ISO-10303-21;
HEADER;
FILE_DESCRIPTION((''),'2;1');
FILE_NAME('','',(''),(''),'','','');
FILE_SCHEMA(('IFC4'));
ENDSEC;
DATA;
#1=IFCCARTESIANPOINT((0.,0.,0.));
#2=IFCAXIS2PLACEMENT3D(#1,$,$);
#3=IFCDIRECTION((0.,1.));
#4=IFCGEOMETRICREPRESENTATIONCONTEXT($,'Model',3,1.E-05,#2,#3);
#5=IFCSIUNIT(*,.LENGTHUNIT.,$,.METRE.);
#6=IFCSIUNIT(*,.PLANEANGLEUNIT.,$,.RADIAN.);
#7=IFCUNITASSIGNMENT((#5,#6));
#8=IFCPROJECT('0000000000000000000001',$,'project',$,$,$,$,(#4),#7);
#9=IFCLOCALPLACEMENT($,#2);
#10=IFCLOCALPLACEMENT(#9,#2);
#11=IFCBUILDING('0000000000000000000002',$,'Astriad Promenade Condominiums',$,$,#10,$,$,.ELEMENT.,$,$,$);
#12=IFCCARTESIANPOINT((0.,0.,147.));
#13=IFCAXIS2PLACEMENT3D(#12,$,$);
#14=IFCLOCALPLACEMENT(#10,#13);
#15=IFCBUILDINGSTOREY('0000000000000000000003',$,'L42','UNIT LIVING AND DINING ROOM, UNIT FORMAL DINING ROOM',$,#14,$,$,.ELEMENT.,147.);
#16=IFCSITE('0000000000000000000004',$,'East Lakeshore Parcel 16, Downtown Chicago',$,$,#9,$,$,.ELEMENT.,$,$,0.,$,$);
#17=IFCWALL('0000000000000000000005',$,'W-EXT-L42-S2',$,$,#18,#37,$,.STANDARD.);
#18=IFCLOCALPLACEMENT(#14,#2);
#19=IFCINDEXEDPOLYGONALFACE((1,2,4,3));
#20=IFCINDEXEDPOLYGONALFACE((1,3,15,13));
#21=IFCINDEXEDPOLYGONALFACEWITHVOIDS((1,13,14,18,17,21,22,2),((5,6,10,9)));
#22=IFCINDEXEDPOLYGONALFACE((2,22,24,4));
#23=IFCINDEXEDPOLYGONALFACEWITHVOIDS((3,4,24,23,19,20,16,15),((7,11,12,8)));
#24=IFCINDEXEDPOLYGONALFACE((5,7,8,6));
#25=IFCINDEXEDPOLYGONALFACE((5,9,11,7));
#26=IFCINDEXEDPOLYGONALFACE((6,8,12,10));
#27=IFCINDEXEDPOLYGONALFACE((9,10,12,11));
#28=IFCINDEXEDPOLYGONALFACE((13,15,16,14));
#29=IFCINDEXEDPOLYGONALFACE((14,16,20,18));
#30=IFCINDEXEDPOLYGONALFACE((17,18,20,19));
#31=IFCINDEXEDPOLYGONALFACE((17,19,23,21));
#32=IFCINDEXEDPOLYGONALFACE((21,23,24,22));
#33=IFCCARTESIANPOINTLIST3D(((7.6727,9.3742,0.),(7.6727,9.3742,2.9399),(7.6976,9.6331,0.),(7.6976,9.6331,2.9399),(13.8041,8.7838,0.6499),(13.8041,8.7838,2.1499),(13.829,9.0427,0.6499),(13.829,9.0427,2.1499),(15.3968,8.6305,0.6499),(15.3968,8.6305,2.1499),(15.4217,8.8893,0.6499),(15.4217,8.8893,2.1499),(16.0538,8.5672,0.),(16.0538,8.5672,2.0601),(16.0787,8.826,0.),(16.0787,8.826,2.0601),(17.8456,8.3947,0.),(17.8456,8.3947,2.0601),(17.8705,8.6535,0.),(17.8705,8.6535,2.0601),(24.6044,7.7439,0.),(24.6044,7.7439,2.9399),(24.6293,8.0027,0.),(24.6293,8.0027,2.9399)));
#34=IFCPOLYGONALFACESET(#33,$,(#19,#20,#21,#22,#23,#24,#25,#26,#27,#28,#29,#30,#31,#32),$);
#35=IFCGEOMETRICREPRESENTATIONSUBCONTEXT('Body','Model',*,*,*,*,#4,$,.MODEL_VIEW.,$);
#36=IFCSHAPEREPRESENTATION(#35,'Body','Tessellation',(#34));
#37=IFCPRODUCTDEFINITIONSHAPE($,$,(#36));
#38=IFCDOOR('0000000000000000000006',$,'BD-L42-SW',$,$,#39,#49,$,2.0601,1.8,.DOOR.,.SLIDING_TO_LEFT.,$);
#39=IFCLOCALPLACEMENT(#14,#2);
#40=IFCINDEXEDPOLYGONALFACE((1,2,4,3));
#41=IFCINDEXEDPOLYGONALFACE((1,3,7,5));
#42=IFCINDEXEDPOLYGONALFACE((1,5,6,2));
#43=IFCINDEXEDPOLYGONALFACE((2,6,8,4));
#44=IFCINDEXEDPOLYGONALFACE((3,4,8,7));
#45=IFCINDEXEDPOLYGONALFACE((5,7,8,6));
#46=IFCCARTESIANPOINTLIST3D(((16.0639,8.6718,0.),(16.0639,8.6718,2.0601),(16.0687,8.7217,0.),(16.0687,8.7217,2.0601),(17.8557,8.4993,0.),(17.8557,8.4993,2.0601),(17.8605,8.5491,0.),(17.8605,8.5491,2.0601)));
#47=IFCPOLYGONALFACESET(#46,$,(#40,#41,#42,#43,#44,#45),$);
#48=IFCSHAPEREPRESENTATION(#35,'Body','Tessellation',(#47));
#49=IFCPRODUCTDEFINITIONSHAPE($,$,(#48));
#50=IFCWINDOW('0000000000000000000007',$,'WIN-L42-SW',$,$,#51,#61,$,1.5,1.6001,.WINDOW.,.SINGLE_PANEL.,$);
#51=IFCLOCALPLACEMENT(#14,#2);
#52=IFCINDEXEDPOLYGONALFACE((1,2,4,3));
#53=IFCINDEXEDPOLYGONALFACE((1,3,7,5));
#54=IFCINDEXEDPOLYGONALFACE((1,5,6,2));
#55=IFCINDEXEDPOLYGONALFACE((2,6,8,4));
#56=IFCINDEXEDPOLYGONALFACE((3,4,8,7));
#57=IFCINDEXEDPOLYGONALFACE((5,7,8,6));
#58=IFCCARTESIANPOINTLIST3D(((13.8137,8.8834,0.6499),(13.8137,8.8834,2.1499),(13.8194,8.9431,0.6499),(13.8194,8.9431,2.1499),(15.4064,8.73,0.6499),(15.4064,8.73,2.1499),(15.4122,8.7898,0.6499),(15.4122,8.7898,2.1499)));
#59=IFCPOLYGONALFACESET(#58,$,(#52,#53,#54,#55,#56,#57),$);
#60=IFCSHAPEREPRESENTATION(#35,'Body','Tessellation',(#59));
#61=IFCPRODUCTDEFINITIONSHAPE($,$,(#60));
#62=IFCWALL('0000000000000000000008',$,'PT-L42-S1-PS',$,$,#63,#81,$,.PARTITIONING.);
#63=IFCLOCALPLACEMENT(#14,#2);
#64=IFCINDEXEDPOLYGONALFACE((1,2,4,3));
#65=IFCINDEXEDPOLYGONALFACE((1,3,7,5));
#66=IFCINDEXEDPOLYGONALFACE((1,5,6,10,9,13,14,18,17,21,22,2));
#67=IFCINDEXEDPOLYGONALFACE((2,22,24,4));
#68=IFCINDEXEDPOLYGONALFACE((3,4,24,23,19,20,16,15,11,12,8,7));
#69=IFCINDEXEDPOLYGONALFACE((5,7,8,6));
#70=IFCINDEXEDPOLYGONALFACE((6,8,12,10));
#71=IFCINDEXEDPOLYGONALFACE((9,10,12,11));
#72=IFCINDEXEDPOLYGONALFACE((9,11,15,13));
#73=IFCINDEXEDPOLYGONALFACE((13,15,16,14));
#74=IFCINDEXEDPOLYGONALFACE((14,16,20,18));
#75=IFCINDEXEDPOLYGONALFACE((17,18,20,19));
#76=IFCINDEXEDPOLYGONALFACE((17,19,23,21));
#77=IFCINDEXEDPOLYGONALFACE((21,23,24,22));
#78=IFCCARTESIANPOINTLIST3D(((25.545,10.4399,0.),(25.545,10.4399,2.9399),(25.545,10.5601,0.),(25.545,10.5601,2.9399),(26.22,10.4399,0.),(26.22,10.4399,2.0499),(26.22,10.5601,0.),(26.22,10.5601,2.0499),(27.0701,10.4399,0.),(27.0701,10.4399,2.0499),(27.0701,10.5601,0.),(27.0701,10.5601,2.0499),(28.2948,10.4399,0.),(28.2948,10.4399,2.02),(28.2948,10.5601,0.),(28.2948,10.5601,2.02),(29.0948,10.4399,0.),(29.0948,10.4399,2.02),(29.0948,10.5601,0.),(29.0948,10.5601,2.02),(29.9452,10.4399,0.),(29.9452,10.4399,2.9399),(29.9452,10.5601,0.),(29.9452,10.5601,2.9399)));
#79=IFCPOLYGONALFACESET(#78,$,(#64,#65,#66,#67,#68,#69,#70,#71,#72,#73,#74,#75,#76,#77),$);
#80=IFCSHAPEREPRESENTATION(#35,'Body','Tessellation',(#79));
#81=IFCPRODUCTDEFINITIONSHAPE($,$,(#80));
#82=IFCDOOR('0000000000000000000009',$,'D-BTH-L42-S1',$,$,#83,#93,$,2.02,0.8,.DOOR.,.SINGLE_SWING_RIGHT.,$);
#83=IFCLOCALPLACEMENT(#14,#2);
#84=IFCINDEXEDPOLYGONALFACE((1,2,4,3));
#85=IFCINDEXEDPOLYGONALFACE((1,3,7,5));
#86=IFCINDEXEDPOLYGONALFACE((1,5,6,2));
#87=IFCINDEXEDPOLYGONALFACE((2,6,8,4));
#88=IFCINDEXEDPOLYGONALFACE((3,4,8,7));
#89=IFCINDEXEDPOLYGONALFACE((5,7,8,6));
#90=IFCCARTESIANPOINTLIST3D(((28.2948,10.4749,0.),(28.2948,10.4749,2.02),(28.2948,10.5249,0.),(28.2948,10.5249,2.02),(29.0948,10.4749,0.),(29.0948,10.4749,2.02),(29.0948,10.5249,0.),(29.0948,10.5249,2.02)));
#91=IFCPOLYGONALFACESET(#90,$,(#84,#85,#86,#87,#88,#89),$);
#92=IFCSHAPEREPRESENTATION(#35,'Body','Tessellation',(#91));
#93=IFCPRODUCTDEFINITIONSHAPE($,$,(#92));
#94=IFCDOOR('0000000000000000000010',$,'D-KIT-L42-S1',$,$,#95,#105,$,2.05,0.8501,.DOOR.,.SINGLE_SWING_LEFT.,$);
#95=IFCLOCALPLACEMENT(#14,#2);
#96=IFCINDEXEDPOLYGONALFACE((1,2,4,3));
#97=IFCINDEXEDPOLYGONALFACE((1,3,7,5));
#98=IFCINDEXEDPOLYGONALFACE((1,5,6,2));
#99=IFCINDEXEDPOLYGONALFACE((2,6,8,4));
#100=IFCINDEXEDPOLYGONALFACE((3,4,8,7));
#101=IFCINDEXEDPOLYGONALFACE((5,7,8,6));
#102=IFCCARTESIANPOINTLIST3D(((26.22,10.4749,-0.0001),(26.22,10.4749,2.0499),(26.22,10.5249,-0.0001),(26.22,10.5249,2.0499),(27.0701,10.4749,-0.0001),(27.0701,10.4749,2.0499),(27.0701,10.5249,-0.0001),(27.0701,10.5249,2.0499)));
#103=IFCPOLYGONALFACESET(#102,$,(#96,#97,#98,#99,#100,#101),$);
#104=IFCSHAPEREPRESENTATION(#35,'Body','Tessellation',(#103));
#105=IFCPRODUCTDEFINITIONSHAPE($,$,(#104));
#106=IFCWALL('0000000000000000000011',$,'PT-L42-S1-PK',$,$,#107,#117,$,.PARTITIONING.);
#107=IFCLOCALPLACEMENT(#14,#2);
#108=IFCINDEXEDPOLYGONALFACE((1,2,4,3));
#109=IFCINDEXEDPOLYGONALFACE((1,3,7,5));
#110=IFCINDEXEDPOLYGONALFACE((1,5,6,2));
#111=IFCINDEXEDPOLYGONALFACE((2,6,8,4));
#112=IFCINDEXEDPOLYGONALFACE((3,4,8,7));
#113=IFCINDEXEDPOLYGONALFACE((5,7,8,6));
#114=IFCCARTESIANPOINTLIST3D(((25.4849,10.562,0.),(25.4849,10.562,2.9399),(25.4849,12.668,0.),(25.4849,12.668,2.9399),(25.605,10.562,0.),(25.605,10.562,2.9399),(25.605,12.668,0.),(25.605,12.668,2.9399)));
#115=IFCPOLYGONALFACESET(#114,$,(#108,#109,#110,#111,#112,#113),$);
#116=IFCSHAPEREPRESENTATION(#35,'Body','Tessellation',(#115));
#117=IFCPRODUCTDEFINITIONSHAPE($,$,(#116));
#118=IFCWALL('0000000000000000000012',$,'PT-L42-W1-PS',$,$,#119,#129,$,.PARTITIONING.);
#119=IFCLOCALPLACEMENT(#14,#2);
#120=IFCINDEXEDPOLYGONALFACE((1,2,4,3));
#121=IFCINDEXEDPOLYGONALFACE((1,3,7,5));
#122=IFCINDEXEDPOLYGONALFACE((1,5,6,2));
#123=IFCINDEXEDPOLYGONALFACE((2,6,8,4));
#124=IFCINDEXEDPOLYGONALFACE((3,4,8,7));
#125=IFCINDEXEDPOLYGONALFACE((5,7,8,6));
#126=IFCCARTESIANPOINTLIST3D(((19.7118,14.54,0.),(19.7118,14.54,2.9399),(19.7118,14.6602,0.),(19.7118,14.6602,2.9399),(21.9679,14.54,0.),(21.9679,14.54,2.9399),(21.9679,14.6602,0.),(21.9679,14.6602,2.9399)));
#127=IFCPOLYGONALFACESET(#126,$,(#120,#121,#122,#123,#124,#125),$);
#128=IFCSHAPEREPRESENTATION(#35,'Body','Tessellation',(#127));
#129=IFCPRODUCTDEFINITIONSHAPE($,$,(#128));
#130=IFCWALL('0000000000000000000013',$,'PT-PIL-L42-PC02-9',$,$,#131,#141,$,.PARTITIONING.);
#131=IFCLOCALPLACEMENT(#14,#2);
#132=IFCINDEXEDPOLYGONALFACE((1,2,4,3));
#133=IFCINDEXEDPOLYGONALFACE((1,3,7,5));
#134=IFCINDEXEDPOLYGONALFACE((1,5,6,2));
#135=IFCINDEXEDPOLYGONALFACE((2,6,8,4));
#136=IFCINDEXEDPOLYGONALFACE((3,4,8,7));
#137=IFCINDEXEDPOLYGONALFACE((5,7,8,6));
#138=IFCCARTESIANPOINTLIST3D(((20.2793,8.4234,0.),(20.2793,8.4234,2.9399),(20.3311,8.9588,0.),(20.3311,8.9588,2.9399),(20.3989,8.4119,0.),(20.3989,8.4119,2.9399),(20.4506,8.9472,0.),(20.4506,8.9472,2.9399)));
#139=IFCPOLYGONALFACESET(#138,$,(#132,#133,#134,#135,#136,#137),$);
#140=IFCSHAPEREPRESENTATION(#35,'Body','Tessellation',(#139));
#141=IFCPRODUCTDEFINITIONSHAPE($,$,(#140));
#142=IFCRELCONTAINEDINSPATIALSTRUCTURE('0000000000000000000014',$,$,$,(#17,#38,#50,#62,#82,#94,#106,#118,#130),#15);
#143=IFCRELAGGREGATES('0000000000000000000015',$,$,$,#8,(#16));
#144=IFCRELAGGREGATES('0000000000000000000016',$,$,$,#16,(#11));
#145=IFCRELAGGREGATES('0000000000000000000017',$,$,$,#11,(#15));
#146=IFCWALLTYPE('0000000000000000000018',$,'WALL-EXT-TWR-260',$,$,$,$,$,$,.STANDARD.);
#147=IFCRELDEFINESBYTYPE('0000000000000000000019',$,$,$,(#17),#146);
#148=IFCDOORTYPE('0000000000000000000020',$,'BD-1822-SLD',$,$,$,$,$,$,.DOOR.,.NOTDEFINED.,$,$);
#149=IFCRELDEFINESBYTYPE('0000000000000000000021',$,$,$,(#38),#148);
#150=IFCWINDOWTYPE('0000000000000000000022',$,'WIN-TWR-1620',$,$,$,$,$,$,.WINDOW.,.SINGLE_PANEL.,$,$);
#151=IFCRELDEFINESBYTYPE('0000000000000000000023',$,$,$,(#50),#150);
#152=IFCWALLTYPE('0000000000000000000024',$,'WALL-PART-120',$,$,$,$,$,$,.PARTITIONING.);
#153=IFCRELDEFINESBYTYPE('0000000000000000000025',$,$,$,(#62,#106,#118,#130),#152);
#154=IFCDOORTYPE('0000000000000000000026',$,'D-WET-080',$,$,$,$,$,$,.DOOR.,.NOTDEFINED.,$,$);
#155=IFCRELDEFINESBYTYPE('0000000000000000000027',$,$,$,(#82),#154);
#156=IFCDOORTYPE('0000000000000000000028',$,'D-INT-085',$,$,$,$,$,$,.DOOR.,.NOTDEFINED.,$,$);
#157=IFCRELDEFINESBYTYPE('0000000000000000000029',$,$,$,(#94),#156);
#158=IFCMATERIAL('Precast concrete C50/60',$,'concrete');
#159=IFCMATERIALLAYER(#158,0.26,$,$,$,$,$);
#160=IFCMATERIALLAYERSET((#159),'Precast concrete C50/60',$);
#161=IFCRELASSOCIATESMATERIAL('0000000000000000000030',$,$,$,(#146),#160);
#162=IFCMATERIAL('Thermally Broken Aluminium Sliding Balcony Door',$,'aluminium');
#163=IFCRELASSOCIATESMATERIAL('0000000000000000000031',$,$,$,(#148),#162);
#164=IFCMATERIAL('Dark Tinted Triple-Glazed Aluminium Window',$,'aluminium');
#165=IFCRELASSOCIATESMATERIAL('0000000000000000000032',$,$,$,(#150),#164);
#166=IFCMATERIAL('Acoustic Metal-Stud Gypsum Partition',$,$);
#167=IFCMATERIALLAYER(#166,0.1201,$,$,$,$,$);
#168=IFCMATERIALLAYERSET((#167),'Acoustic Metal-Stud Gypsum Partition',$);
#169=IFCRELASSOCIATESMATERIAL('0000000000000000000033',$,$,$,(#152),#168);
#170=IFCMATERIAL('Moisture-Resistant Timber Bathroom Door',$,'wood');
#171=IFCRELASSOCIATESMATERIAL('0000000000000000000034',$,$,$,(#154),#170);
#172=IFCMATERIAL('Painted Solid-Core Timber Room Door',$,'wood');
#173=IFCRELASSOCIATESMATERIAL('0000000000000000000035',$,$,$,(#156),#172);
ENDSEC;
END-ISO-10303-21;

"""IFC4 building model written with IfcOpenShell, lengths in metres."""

from ifc_helpers import new_model, si_unit, direction, frame, frame_2d, origin, place, context, subcontext, project, spatial, rectangle, extrude, source, transform, mapped, material, layer, layer_set, type_object, type_shapes, element, fill, save


model = new_model("IFC4")

# Units and contexts
model_context = context("Model", 3, precision=1e-05, world=origin(), true_north=direction((0.0, 1.0)))
body_context = subcontext(model_context, "Body", "Model", "MODEL_VIEW")
ifc_project = project(units=[si_unit("LENGTHUNIT", "METRE"), si_unit("PLANEANGLEUNIT", "RADIAN")], contexts=[model_context])

# Site, building, storey
site_placement = place(None, origin())
site = spatial("IfcSite", under=ifc_project, at=site_placement, Name="East Lakeshore Parcel 16, Downtown Chicago", CompositionType="ELEMENT", RefElevation=0.0)
building_placement = place(site_placement, origin())
building = spatial("IfcBuilding", under=site, at=building_placement, Name="Astriad Promenade Condominiums", CompositionType="ELEMENT")
storey_placement = place(building_placement, frame((0.0, 0.0, 147.0)))
storey = spatial("IfcBuildingStorey", under=building, at=storey_placement, Name="L42", Description="UNIT LIVING AND DINING ROOM, UNIT FORMAL DINING ROOM", CompositionType="ELEMENT", Elevation=147.0)

# Wall, openings, door, window
ifc_material_1 = material(Name="Precast concrete C50/60", Category="concrete")
ifc_layer_1 = layer(ifc_material_1, 0.26)
ifc_layer_set_1 = layer_set([ifc_layer_1], Name="Precast concrete C50/60")
wall_type_1 = type_object("IfcWallType", Name="WALL-EXT-TWR-260", PredefinedType="STANDARD", material=ifc_layer_set_1)
wall_1_placement = place(storey_placement, frame((24.6167, 7.8733, 0.0), z_axis=(0.0, 0.0, 1.0), x_axis=(-0.995396, 0.095848, 0.0)))
wall_1 = element("IfcWall", 1, at=wall_1_placement, inside=storey, type_object=wall_type_1, Name="W-EXT-L42-S2", PredefinedType="STANDARD", context=body_context, shape_type="SweptSolid", body=[
    extrude(rectangle(XDim=17.01, YDim=0.26, at=frame_2d((8.5049, 0.0))), origin(), (0.0, 0.0, 1.0), 2.9399),
])
opening_1_placement = place(wall_1_placement, frame((6.79, 0.0, 0.0)))
opening_1 = element("IfcOpeningElement", 2, at=opening_1_placement, cuts=wall_1, PredefinedType="OPENING", context=body_context, shape_type="SweptSolid", body=[
    extrude(rectangle(XDim=1.8, YDim=2.0601, at=frame_2d((0.8999, 1.03))), frame((0.0, 0.1399, 0.0), z_axis=(0.0, -1.0, 0.0), x_axis=(1.0, 0.0, 0.0)), (0.0, 0.0, 1.0), 0.28),
])
opening_2_placement = place(wall_1_placement, frame((9.25, 0.0, 0.6499)))
opening_2 = element("IfcOpeningElement", 3, at=opening_2_placement, cuts=wall_1, PredefinedType="OPENING", context=body_context, shape_type="SweptSolid", body=[
    extrude(rectangle(XDim=1.6001, YDim=1.5, at=frame_2d((0.8, 0.75))), frame((0.0, 0.1399, 0.0), z_axis=(0.0, -1.0, 0.0), x_axis=(1.0, 0.0, 0.0)), (0.0, 0.0, 1.0), 0.28),
])
ifc_material_2 = material(Name="Thermally Broken Aluminium Sliding Balcony Door", Category="aluminium")
door_type_1 = type_object("IfcDoorType", Name="BD-1822-SLD", OperationType="NOTDEFINED", PredefinedType="DOOR", material=ifc_material_2)
shared_shape_1 = source(origin(), body_context, "Body", "SweptSolid", [
    extrude(rectangle(XDim=1.8, YDim=2.0601, at=frame_2d((0.8999, 1.03))), frame((0.0, 0.0249, 0.0), z_axis=(0.0, -1.0, 0.0), x_axis=(1.0, 0.0, 0.0)), (0.0, 0.0, 1.0), 0.05),
])
type_shapes(door_type_1, [shared_shape_1])
door_1_placement = place(opening_1_placement, origin())
door_1 = element("IfcDoor", 4, at=door_1_placement, inside=storey, type_object=door_type_1, Name="BD-L42-SW", OperationType="SLIDING_TO_LEFT", OverallHeight=2.0601, OverallWidth=1.8, PredefinedType="DOOR", context=body_context, shape_type="MappedRepresentation", body=[
    mapped(shared_shape_1, transform((0.0, 0.0, 0.0), scale=1.0)),
])
fill(opening_1, door_1)
ifc_material_3 = material(Name="Dark Tinted Triple-Glazed Aluminium Window", Category="aluminium")
window_type = type_object("IfcWindowType", Name="WIN-TWR-1620", PartitioningType="SINGLE_PANEL", PredefinedType="WINDOW", material=ifc_material_3)
shared_shape_2 = source(origin(), body_context, "Body", "SweptSolid", [
    extrude(rectangle(XDim=1.6001, YDim=1.5, at=frame_2d((0.8, 0.75))), frame((0.0, 0.03, 0.0), z_axis=(0.0, -1.0, 0.0), x_axis=(1.0, 0.0, 0.0)), (0.0, 0.0, 1.0), 0.0601),
])
type_shapes(window_type, [shared_shape_2])
window_placement = place(opening_2_placement, origin())
window = element("IfcWindow", 5, at=window_placement, inside=storey, type_object=window_type, Name="WIN-L42-SW", OverallHeight=1.5, OverallWidth=1.6001, PartitioningType="SINGLE_PANEL", PredefinedType="WINDOW", context=body_context, shape_type="MappedRepresentation", body=[
    mapped(shared_shape_2, transform((0.0, 0.0, 0.0), scale=1.0)),
])
fill(opening_2, window)

# Wall, openings, doors
ifc_material_4 = material(Name="Acoustic Metal-Stud Gypsum Partition")
ifc_layer_2 = layer(ifc_material_4, 0.1201)
ifc_layer_set_2 = layer_set([ifc_layer_2], Name="Acoustic Metal-Stud Gypsum Partition")
wall_type_2 = type_object("IfcWallType", Name="WALL-PART-120", PredefinedType="PARTITIONING", material=ifc_layer_set_2)
wall_2_placement = place(storey_placement, frame((25.5449, 10.5, 0.0), z_axis=(0.0, 0.0, 1.0), x_axis=(1.0, 0.0, 0.0)))
wall_2 = element("IfcWall", 6, at=wall_2_placement, inside=storey, type_object=wall_type_2, Name="PT-L42-S1-PS", PredefinedType="PARTITIONING", context=body_context, shape_type="SweptSolid", body=[
    extrude(rectangle(XDim=4.4001, YDim=0.1201, at=frame_2d((2.2002, 0.0))), origin(), (0.0, 0.0, 1.0), 2.9399),
])
opening_3_placement = place(wall_2_placement, frame((0.675, 0.0, 0.0)))
opening_3 = element("IfcOpeningElement", 7, at=opening_3_placement, cuts=wall_2, PredefinedType="OPENING", context=body_context, shape_type="SweptSolid", body=[
    extrude(rectangle(XDim=0.8501, YDim=2.05, at=frame_2d((0.425, 1.0249))), frame((0.0, 0.0701, 0.0), z_axis=(0.0, -1.0, 0.0), x_axis=(1.0, 0.0, 0.0)), (0.0, 0.0, 1.0), 0.1401),
])
opening_4_placement = place(wall_2_placement, frame((2.75, 0.0, 0.0)))
opening_4 = element("IfcOpeningElement", 8, at=opening_4_placement, cuts=wall_2, PredefinedType="OPENING", context=body_context, shape_type="SweptSolid", body=[
    extrude(rectangle(XDim=0.8, YDim=2.02, at=frame_2d((0.3999, 1.01))), frame((0.0, 0.0701, 0.0), z_axis=(0.0, -1.0, 0.0), x_axis=(1.0, 0.0, 0.0)), (0.0, 0.0, 1.0), 0.1401),
])
ifc_material_5 = material(Name="Moisture-Resistant Timber Bathroom Door", Category="wood")
door_type_2 = type_object("IfcDoorType", Name="D-WET-080", OperationType="NOTDEFINED", PredefinedType="DOOR", material=ifc_material_5)
shared_shape_3 = source(origin(), body_context, "Body", "SweptSolid", [
    extrude(rectangle(XDim=0.8, YDim=2.02, at=frame_2d((0.3999, 1.01))), frame((0.0, 0.0249, 0.0), z_axis=(0.0, -1.0, 0.0), x_axis=(1.0, 0.0, 0.0)), (0.0, 0.0, 1.0), 0.05),
])
type_shapes(door_type_2, [shared_shape_3])
door_2_placement = place(opening_4_placement, origin())
door_2 = element("IfcDoor", 9, at=door_2_placement, inside=storey, type_object=door_type_2, Name="D-BTH-L42-S1", OperationType="SINGLE_SWING_RIGHT", OverallHeight=2.02, OverallWidth=0.8, PredefinedType="DOOR", context=body_context, shape_type="MappedRepresentation", body=[
    mapped(shared_shape_3, transform((0.0, 0.0, 0.0), scale=1.0)),
])
fill(opening_4, door_2)
ifc_material_6 = material(Name="Painted Solid-Core Timber Room Door", Category="wood")
door_type_3 = type_object("IfcDoorType", Name="D-INT-085", OperationType="NOTDEFINED", PredefinedType="DOOR", material=ifc_material_6)
shared_shape_4 = source(origin(), body_context, "Body", "SweptSolid", [
    extrude(rectangle(XDim=0.8501, YDim=2.05, at=frame_2d((0.425, 1.0249))), frame((0.0, 0.0249, 0.0), z_axis=(0.0, -1.0, 0.0), x_axis=(1.0, 0.0, 0.0)), (0.0, 0.0, 1.0), 0.05),
])
type_shapes(door_type_3, [shared_shape_4])
door_3_placement = place(opening_3_placement, origin())
door_3 = element("IfcDoor", 10, at=door_3_placement, inside=storey, type_object=door_type_3, Name="D-KIT-L42-S1", OperationType="SINGLE_SWING_LEFT", OverallHeight=2.05, OverallWidth=0.8501, PredefinedType="DOOR", context=body_context, shape_type="MappedRepresentation", body=[
    mapped(shared_shape_4, transform((0.0, 0.0, 0.0), scale=1.0)),
])
fill(opening_3, door_3)

# Walls
wall_3_placement = place(storey_placement, frame((25.5449, 10.562, 0.0), z_axis=(0.0, 0.0, 1.0), x_axis=(0.0, 1.0, 0.0)))
element("IfcWall", 11, at=wall_3_placement, inside=storey, type_object=wall_type_2, Name="PT-L42-S1-PK", PredefinedType="PARTITIONING", context=body_context, shape_type="SweptSolid", body=[
    extrude(rectangle(XDim=2.106, YDim=0.1201, at=frame_2d((1.053, 0.0))), origin(), (0.0, 0.0, 1.0), 2.9399),
])
wall_4_placement = place(storey_placement, frame((19.7119, 14.6001, 0.0), z_axis=(0.0, 0.0, 1.0), x_axis=(1.0, 0.0, 0.0)))
element("IfcWall", 12, at=wall_4_placement, inside=storey, type_object=wall_type_2, Name="PT-L42-W1-PS", PredefinedType="PARTITIONING", context=body_context, shape_type="SweptSolid", body=[
    extrude(rectangle(XDim=2.2561, YDim=0.1201, at=frame_2d((1.1279, 0.0))), origin(), (0.0, 0.0, 1.0), 2.9399),
])
wall_5_placement = place(storey_placement, frame((20.3909, 8.9531, 0.0), z_axis=(0.0, 0.0, 1.0), x_axis=(-0.096223, -0.99536, 0.0)))
element("IfcWall", 13, at=wall_5_placement, inside=storey, type_object=wall_type_2, Name="PT-PIL-L42-PC02-9", PredefinedType="PARTITIONING", context=body_context, shape_type="SweptSolid", body=[
    extrude(rectangle(XDim=0.5378, YDim=0.1201, at=frame_2d((0.269, 0.0))), origin(), (0.0, 0.0, 1.0), 2.9399),
])

save(model, "model.ifc")
